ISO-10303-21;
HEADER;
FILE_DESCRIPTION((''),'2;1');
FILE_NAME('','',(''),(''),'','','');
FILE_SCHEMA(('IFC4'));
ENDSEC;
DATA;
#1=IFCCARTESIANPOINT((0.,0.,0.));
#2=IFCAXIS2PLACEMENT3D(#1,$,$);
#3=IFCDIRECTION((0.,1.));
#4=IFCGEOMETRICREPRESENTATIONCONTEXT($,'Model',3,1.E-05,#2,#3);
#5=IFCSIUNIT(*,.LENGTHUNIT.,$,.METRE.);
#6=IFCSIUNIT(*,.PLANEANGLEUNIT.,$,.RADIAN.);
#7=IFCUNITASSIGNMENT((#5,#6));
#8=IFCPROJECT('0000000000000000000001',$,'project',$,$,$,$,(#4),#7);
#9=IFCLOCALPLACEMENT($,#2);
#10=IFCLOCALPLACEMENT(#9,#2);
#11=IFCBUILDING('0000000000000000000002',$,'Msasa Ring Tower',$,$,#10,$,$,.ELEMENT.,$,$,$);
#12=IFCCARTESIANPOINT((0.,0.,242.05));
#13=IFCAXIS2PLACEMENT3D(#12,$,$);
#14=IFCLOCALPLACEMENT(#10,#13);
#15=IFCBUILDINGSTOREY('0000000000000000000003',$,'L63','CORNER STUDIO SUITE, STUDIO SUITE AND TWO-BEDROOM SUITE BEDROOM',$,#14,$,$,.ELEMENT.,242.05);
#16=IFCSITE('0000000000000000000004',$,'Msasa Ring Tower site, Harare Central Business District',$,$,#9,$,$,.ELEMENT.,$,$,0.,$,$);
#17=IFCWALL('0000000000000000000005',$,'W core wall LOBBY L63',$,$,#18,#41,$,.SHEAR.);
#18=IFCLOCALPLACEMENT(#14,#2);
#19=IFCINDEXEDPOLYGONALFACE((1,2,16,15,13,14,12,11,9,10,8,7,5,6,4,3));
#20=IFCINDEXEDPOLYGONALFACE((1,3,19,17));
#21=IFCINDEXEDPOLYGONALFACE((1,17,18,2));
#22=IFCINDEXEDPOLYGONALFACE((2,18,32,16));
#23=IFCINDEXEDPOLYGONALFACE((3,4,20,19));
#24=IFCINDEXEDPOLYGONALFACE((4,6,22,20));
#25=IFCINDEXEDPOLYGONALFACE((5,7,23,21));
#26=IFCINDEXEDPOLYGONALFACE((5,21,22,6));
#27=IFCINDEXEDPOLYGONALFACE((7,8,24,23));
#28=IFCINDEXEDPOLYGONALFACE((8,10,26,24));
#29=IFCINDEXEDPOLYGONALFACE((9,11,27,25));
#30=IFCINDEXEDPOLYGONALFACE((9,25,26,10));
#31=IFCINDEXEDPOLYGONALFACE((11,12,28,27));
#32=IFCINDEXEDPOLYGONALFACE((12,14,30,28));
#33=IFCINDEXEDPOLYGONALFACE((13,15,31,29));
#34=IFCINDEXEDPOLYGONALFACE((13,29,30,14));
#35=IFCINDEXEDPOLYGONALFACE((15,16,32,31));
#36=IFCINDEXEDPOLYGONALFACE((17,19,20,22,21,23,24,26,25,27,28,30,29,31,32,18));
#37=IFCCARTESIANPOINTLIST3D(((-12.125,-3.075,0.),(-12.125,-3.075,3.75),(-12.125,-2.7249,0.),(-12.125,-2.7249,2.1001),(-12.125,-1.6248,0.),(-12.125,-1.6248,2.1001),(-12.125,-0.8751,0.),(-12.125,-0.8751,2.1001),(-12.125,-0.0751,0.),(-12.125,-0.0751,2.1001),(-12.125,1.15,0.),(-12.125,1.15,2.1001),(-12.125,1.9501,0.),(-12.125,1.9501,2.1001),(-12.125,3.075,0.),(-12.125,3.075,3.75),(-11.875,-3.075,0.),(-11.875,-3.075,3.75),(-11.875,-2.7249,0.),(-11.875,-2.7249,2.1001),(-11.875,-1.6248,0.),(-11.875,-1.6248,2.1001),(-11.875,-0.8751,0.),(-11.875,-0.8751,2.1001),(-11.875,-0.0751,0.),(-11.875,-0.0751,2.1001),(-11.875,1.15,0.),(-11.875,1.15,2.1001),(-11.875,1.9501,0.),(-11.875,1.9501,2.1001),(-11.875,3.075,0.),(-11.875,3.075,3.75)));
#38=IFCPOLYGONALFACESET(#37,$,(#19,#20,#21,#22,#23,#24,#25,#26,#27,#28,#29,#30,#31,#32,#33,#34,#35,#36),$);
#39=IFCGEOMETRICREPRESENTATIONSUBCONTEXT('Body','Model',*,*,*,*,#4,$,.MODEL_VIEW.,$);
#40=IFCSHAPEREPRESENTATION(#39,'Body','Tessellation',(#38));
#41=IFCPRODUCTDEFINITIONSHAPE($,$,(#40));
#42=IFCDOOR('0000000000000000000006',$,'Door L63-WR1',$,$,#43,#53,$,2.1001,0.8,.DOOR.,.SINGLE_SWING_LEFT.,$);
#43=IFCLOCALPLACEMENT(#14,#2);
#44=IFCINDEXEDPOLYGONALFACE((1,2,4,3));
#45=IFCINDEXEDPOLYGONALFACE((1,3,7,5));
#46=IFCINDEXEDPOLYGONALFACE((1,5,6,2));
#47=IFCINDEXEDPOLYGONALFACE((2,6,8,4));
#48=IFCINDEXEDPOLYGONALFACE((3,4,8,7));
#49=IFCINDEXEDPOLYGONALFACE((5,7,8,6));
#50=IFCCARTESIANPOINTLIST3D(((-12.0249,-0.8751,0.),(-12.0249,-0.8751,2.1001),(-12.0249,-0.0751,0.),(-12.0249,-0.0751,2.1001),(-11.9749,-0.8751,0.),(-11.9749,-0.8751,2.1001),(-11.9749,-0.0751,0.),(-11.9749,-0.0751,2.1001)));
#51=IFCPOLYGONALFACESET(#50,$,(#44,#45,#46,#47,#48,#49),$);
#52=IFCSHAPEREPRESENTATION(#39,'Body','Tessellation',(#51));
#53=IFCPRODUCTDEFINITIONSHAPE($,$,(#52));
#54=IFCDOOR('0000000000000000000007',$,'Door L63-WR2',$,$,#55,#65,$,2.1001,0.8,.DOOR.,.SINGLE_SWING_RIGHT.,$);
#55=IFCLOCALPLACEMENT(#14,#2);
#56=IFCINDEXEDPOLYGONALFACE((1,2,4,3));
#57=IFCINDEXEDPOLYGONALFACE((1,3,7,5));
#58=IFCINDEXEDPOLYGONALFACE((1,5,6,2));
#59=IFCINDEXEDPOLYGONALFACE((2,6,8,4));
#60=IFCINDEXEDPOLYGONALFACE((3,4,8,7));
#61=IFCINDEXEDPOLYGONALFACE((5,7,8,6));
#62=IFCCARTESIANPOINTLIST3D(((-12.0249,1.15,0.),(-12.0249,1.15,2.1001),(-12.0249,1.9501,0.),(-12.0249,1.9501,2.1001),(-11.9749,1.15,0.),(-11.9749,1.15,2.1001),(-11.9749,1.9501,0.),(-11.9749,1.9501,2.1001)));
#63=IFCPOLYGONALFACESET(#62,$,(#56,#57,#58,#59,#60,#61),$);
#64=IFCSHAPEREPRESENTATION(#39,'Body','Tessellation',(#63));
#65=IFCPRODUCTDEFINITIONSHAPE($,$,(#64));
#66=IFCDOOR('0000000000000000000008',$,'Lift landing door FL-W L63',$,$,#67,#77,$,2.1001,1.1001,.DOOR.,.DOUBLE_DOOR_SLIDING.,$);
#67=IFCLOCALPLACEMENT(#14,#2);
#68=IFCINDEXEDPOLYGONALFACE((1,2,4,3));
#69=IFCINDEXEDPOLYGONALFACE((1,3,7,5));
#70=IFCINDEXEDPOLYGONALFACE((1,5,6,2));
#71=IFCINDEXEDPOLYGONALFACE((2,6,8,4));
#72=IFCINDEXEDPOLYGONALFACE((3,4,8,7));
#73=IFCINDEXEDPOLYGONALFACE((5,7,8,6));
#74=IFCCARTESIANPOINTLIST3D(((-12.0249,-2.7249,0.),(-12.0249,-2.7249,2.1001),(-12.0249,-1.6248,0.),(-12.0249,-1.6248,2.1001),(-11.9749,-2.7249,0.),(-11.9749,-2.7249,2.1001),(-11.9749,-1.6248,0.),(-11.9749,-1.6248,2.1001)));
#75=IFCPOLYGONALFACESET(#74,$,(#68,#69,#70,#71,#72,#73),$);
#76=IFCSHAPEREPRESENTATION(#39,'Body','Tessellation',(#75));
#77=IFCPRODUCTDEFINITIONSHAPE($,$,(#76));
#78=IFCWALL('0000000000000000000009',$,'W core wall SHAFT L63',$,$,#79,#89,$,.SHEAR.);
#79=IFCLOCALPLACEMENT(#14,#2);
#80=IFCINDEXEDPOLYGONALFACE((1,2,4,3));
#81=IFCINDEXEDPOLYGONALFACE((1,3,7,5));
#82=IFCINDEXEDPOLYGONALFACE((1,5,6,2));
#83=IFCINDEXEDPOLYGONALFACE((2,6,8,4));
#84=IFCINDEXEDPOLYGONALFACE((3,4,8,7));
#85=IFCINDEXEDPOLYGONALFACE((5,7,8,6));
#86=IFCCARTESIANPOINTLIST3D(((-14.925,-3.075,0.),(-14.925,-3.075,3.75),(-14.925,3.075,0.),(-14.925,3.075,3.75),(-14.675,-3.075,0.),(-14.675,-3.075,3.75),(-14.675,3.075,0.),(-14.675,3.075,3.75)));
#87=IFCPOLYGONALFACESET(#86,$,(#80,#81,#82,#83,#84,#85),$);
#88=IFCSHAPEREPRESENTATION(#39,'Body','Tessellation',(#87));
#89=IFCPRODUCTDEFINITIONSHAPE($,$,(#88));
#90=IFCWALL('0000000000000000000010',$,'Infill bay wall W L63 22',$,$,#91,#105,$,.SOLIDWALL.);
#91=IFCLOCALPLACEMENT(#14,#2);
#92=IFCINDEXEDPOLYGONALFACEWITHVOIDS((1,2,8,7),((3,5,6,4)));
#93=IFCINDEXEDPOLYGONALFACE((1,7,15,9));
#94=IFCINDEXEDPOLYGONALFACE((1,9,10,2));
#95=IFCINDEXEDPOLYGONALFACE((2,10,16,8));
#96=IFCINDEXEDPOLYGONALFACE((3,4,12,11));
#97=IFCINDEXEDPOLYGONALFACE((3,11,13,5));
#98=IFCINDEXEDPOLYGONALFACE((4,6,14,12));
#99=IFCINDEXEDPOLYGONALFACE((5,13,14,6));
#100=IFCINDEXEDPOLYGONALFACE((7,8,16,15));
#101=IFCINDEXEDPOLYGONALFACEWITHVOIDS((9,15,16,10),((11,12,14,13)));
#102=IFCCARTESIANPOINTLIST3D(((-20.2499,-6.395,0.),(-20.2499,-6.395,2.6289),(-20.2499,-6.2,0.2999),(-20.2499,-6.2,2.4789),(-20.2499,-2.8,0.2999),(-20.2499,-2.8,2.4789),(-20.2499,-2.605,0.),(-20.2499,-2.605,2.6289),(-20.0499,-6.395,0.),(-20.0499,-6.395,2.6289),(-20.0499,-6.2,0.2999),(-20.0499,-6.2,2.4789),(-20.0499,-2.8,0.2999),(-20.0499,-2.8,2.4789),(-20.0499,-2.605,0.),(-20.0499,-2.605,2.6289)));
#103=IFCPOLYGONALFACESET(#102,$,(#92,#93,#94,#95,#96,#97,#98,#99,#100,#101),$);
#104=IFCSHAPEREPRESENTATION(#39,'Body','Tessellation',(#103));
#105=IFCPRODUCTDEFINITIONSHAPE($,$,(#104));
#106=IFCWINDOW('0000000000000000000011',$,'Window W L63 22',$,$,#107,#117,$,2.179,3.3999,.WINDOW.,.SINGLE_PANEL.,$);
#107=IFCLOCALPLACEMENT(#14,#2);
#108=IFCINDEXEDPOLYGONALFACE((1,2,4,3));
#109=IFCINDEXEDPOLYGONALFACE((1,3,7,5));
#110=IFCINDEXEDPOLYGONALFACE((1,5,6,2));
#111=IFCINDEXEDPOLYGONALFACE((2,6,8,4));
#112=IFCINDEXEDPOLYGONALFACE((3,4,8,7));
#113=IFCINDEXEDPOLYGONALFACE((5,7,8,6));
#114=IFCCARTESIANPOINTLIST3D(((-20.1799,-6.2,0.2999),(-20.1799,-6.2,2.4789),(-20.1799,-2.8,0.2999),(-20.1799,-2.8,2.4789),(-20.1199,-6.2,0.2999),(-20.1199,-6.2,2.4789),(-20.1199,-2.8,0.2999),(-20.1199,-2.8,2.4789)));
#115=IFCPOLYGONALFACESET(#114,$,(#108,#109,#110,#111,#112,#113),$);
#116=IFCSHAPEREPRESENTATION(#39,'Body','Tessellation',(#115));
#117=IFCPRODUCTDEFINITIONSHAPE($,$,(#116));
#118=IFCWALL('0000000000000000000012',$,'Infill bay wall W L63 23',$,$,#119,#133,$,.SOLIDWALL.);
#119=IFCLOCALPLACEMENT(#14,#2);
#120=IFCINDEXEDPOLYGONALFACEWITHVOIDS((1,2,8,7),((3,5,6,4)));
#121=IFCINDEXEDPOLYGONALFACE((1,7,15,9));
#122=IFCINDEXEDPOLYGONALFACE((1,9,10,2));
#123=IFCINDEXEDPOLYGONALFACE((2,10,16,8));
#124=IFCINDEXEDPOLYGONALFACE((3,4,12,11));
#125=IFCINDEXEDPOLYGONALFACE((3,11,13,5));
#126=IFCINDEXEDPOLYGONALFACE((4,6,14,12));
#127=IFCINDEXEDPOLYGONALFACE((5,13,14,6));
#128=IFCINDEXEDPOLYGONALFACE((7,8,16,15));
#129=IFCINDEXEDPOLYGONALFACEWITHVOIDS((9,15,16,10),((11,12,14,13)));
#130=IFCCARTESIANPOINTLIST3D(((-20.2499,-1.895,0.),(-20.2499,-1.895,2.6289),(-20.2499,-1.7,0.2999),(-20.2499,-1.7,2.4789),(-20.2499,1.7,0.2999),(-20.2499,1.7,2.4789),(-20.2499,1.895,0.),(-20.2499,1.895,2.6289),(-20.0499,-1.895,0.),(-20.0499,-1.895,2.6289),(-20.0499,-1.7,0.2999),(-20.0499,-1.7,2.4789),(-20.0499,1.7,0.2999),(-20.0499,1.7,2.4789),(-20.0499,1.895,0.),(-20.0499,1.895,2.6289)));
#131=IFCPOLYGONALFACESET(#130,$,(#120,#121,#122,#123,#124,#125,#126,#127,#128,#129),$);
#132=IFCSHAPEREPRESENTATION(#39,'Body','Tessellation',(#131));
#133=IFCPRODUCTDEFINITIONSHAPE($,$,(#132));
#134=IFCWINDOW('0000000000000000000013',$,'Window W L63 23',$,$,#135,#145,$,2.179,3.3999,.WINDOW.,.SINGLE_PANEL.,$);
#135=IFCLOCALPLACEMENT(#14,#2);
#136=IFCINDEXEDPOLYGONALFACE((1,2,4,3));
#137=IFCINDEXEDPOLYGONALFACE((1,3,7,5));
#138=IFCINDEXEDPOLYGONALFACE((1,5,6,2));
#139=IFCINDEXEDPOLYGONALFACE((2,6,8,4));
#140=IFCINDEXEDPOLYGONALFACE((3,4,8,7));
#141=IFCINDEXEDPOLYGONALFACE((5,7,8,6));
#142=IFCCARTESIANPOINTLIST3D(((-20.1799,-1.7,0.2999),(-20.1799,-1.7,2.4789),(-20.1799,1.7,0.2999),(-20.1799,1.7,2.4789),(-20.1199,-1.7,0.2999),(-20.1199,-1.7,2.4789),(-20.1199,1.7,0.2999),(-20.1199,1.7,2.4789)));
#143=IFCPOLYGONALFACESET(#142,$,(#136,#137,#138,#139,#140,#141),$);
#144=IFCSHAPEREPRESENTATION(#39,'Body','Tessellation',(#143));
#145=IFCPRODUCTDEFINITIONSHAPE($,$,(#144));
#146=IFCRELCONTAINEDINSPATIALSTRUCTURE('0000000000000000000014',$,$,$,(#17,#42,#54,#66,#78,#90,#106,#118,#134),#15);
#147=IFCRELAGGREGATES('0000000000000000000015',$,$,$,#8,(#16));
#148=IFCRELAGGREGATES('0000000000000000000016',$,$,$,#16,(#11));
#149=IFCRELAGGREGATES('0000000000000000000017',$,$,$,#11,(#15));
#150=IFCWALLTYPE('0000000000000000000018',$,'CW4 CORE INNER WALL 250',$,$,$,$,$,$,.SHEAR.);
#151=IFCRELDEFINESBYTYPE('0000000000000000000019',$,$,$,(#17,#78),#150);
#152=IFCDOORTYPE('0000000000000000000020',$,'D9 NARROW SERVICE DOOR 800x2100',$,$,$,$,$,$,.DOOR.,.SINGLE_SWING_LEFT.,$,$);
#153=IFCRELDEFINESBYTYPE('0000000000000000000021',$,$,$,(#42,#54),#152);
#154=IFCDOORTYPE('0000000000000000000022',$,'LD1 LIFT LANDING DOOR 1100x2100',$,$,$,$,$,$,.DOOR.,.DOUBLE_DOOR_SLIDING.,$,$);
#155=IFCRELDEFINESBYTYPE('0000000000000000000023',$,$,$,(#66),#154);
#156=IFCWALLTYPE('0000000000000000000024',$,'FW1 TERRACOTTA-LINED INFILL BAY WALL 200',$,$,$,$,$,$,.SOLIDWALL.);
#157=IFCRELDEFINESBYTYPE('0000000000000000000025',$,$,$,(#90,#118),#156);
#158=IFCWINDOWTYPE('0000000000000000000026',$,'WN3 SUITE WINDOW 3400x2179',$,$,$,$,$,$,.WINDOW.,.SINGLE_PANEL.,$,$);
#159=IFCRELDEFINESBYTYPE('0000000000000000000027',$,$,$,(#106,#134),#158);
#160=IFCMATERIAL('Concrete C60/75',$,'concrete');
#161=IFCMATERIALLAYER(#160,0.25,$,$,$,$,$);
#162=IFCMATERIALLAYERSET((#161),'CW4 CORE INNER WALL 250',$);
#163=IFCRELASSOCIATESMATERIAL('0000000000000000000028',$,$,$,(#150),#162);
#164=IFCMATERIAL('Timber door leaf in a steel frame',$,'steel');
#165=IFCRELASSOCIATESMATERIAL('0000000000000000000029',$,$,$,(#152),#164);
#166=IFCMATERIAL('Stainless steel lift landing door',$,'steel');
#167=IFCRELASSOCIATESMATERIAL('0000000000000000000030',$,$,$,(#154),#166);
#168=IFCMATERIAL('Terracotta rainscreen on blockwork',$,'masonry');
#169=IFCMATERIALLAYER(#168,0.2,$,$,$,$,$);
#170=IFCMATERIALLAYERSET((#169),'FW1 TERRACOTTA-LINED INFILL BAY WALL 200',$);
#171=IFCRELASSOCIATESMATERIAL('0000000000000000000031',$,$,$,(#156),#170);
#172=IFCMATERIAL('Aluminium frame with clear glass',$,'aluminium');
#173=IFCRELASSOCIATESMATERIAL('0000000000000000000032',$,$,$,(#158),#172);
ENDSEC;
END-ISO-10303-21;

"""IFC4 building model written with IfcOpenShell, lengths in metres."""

from ifc_helpers import new_model, si_unit, direction, frame, frame_2d, origin, place, context, subcontext, project, spatial, rectangle, extrude, material, layer, layer_set, type_object, element, fill, save


model = new_model("IFC4")

# Units and contexts
model_context = context("Model", 3, precision=1e-05, world=origin(), true_north=direction((0.0, 1.0)))
body_context = subcontext(model_context, "Body", "Model", "MODEL_VIEW")
ifc_project = project(units=[si_unit("LENGTHUNIT", "METRE"), si_unit("PLANEANGLEUNIT", "RADIAN")], contexts=[model_context])

# Site, building, storey
site_placement = place(None, origin())
site = spatial("IfcSite", under=ifc_project, at=site_placement, Name="Msasa Ring Tower site, Harare Central Business District", CompositionType="ELEMENT", RefElevation=0.0)
building_placement = place(site_placement, origin())
building = spatial("IfcBuilding", under=site, at=building_placement, Name="Msasa Ring Tower", CompositionType="ELEMENT")
storey_placement = place(building_placement, frame((0.0, 0.0, 242.05)))
storey = spatial("IfcBuildingStorey", under=building, at=storey_placement, Name="L63", Description="CORNER STUDIO SUITE, STUDIO SUITE AND TWO-BEDROOM SUITE BEDROOM", CompositionType="ELEMENT", Elevation=242.05)

# Wall, openings, doors
ifc_material_1 = material(Name="Concrete C60/75", Category="concrete")
ifc_layer_1 = layer(ifc_material_1, 0.25)
ifc_layer_set_1 = layer_set([ifc_layer_1], Name="CW4 CORE INNER WALL 250")
wall_type_1 = type_object("IfcWallType", Name="CW4 CORE INNER WALL 250", PredefinedType="SHEAR", material=ifc_layer_set_1)
wall_1_placement = place(storey_placement, frame((-12.0, -3.075, 0.0), z_axis=(0.0, 0.0, 1.0), x_axis=(0.0, 1.0, 0.0)))
wall_1 = element("IfcWall", 1, at=wall_1_placement, inside=storey, type_object=wall_type_1, Name="W core wall LOBBY L63", PredefinedType="SHEAR", context=body_context, shape_type="SweptSolid", body=[
    extrude(rectangle(XDim=6.1499, YDim=0.25, at=frame_2d((3.075, 0.0))), origin(), (0.0, 0.0, 1.0), 3.75),
])
opening_1_placement = place(wall_1_placement, frame((2.2, 0.0, 0.0)))
opening_1 = element("IfcOpeningElement", 2, at=opening_1_placement, cuts=wall_1, PredefinedType="OPENING", context=body_context, shape_type="SweptSolid", body=[
    extrude(rectangle(XDim=0.8, YDim=2.1001, at=frame_2d((0.3999, 1.05))), frame((0.0, 0.135, 0.0), z_axis=(0.0, -1.0, 0.0), x_axis=(1.0, 0.0, 0.0)), (0.0, 0.0, 1.0), 0.27),
])
opening_2_placement = place(wall_1_placement, frame((4.2251, 0.0, 0.0)))
opening_2 = element("IfcOpeningElement", 3, at=opening_2_placement, cuts=wall_1, PredefinedType="OPENING", context=body_context, shape_type="SweptSolid", body=[
    extrude(rectangle(XDim=0.8, YDim=2.1001, at=frame_2d((0.3999, 1.05))), frame((0.0, 0.135, 0.0), z_axis=(0.0, -1.0, 0.0), x_axis=(1.0, 0.0, 0.0)), (0.0, 0.0, 1.0), 0.27),
])
opening_3_placement = place(wall_1_placement, frame((0.3501, 0.0, 0.0)))
opening_3 = element("IfcOpeningElement", 4, at=opening_3_placement, cuts=wall_1, PredefinedType="OPENING", context=body_context, shape_type="SweptSolid", body=[
    extrude(rectangle(XDim=1.1001, YDim=2.1001, at=frame_2d((0.55, 1.05))), frame((0.0, 0.135, 0.0), z_axis=(0.0, -1.0, 0.0), x_axis=(1.0, 0.0, 0.0)), (0.0, 0.0, 1.0), 0.27),
])
ifc_material_2 = material(Name="Timber door leaf in a steel frame", Category="steel")
door_type_1 = type_object("IfcDoorType", Name="D9 NARROW SERVICE DOOR 800x2100", OperationType="SINGLE_SWING_LEFT", PredefinedType="DOOR", material=ifc_material_2)
door_1_placement = place(opening_1_placement, origin())
door_1 = element("IfcDoor", 5, at=door_1_placement, inside=storey, type_object=door_type_1, Name="Door L63-WR1", OperationType="SINGLE_SWING_LEFT", OverallHeight=2.1001, OverallWidth=0.8, PredefinedType="DOOR", context=body_context, shape_type="SweptSolid", body=[
    extrude(rectangle(XDim=0.8, YDim=2.1001, at=frame_2d((0.3999, 1.05))), frame((0.0, 0.0249, 0.0), z_axis=(0.0, -1.0, 0.0), x_axis=(1.0, 0.0, 0.0)), (0.0, 0.0, 1.0), 0.05),
])
fill(opening_1, door_1)
door_2_placement = place(opening_2_placement, origin())
door_2 = element("IfcDoor", 6, at=door_2_placement, inside=storey, type_object=door_type_1, Name="Door L63-WR2", OperationType="SINGLE_SWING_RIGHT", OverallHeight=2.1001, OverallWidth=0.8, PredefinedType="DOOR", context=body_context, shape_type="SweptSolid", body=[
    extrude(rectangle(XDim=0.8, YDim=2.1001, at=frame_2d((0.3999, 1.05))), frame((0.0, 0.0249, 0.0), z_axis=(0.0, -1.0, 0.0), x_axis=(1.0, 0.0, 0.0)), (0.0, 0.0, 1.0), 0.05),
])
fill(opening_2, door_2)
ifc_material_3 = material(Name="Stainless steel lift landing door", Category="steel")
door_type_2 = type_object("IfcDoorType", Name="LD1 LIFT LANDING DOOR 1100x2100", OperationType="DOUBLE_DOOR_SLIDING", PredefinedType="DOOR", material=ifc_material_3)
door_3_placement = place(opening_3_placement, origin())
door_3 = element("IfcDoor", 7, at=door_3_placement, inside=storey, type_object=door_type_2, Name="Lift landing door FL-W L63", OperationType="DOUBLE_DOOR_SLIDING", OverallHeight=2.1001, OverallWidth=1.1001, PredefinedType="DOOR", context=body_context, shape_type="SweptSolid", body=[
    extrude(rectangle(XDim=1.1001, YDim=2.1001, at=frame_2d((0.55, 1.05))), frame((0.0, 0.0249, 0.0), z_axis=(0.0, -1.0, 0.0), x_axis=(1.0, 0.0, 0.0)), (0.0, 0.0, 1.0), 0.05),
])
fill(opening_3, door_3)

# Wall
wall_2_placement = place(storey_placement, frame((-14.8, -3.075, 0.0), z_axis=(0.0, 0.0, 1.0), x_axis=(0.0, 1.0, 0.0)))
element("IfcWall", 8, at=wall_2_placement, inside=storey, type_object=wall_type_1, Name="W core wall SHAFT L63", PredefinedType="SHEAR", context=body_context, shape_type="SweptSolid", body=[
    extrude(rectangle(XDim=6.1499, YDim=0.25, at=frame_2d((3.075, 0.0))), origin(), (0.0, 0.0, 1.0), 3.75),
])

# Walls, openings, windows
ifc_material_4 = material(Name="Terracotta rainscreen on blockwork", Category="masonry")
ifc_layer_2 = layer(ifc_material_4, 0.2)
ifc_layer_set_2 = layer_set([ifc_layer_2], Name="FW1 TERRACOTTA-LINED INFILL BAY WALL 200")
wall_type_2 = type_object("IfcWallType", Name="FW1 TERRACOTTA-LINED INFILL BAY WALL 200", PredefinedType="SOLIDWALL", material=ifc_layer_set_2)
wall_3_placement = place(storey_placement, frame((-20.1499, -6.395, 0.0), z_axis=(0.0, 0.0, 1.0), x_axis=(0.0, 1.0, 0.0)))
wall_3 = element("IfcWall", 9, at=wall_3_placement, inside=storey, type_object=wall_type_2, Name="Infill bay wall W L63 22", PredefinedType="SOLIDWALL", context=body_context, shape_type="SweptSolid", body=[
    extrude(rectangle(XDim=3.79, YDim=0.2, at=frame_2d((1.895, 0.0))), origin(), (0.0, 0.0, 1.0), 2.6289),
])
opening_4_placement = place(wall_3_placement, frame((0.1951, 0.0, 0.3)))
opening_4 = element("IfcOpeningElement", 10, at=opening_4_placement, cuts=wall_3, PredefinedType="OPENING", context=body_context, shape_type="SweptSolid", body=[
    extrude(rectangle(XDim=3.3999, YDim=2.179, at=frame_2d((1.7, 1.0894))), frame((0.0, 0.1099, 0.0), z_axis=(0.0, -1.0, 0.0), x_axis=(1.0, 0.0, 0.0)), (0.0, 0.0, 1.0), 0.22),
])
ifc_material_5 = material(Name="Aluminium frame with clear glass", Category="aluminium")
window_type = type_object("IfcWindowType", Name="WN3 SUITE WINDOW 3400x2179", PartitioningType="SINGLE_PANEL", PredefinedType="WINDOW", material=ifc_material_5)
window_1_placement = place(opening_4_placement, origin())
window_1 = element("IfcWindow", 11, at=window_1_placement, inside=storey, type_object=window_type, Name="Window W L63 22", OverallHeight=2.179, OverallWidth=3.3999, PartitioningType="SINGLE_PANEL", PredefinedType="WINDOW", context=body_context, shape_type="SweptSolid", body=[
    extrude(rectangle(XDim=3.3999, YDim=2.179, at=frame_2d((1.7, 1.0894))), frame((0.0, 0.03, 0.0), z_axis=(0.0, -1.0, 0.0), x_axis=(1.0, 0.0, 0.0)), (0.0, 0.0, 1.0), 0.0601),
])
fill(opening_4, window_1)
wall_4_placement = place(storey_placement, frame((-20.1499, -1.895, 0.0), z_axis=(0.0, 0.0, 1.0), x_axis=(0.0, 1.0, 0.0)))
wall_4 = element("IfcWall", 12, at=wall_4_placement, inside=storey, type_object=wall_type_2, Name="Infill bay wall W L63 23", PredefinedType="SOLIDWALL", context=body_context, shape_type="SweptSolid", body=[
    extrude(rectangle(XDim=3.79, YDim=0.2, at=frame_2d((1.895, 0.0))), origin(), (0.0, 0.0, 1.0), 2.6289),
])
opening_5_placement = place(wall_4_placement, frame((0.1951, 0.0, 0.3)))
opening_5 = element("IfcOpeningElement", 13, at=opening_5_placement, cuts=wall_4, PredefinedType="OPENING", context=body_context, shape_type="SweptSolid", body=[
    extrude(rectangle(XDim=3.3999, YDim=2.179, at=frame_2d((1.7, 1.0894))), frame((0.0, 0.1099, 0.0), z_axis=(0.0, -1.0, 0.0), x_axis=(1.0, 0.0, 0.0)), (0.0, 0.0, 1.0), 0.22),
])
window_2_placement = place(opening_5_placement, origin())
window_2 = element("IfcWindow", 14, at=window_2_placement, inside=storey, type_object=window_type, Name="Window W L63 23", OverallHeight=2.179, OverallWidth=3.3999, PartitioningType="SINGLE_PANEL", PredefinedType="WINDOW", context=body_context, shape_type="SweptSolid", body=[
    extrude(rectangle(XDim=3.3999, YDim=2.179, at=frame_2d((1.7, 1.0894))), frame((0.0, 0.03, 0.0), z_axis=(0.0, -1.0, 0.0), x_axis=(1.0, 0.0, 0.0)), (0.0, 0.0, 1.0), 0.0601),
])
fill(opening_5, window_2)

save(model, "model.ifc")
